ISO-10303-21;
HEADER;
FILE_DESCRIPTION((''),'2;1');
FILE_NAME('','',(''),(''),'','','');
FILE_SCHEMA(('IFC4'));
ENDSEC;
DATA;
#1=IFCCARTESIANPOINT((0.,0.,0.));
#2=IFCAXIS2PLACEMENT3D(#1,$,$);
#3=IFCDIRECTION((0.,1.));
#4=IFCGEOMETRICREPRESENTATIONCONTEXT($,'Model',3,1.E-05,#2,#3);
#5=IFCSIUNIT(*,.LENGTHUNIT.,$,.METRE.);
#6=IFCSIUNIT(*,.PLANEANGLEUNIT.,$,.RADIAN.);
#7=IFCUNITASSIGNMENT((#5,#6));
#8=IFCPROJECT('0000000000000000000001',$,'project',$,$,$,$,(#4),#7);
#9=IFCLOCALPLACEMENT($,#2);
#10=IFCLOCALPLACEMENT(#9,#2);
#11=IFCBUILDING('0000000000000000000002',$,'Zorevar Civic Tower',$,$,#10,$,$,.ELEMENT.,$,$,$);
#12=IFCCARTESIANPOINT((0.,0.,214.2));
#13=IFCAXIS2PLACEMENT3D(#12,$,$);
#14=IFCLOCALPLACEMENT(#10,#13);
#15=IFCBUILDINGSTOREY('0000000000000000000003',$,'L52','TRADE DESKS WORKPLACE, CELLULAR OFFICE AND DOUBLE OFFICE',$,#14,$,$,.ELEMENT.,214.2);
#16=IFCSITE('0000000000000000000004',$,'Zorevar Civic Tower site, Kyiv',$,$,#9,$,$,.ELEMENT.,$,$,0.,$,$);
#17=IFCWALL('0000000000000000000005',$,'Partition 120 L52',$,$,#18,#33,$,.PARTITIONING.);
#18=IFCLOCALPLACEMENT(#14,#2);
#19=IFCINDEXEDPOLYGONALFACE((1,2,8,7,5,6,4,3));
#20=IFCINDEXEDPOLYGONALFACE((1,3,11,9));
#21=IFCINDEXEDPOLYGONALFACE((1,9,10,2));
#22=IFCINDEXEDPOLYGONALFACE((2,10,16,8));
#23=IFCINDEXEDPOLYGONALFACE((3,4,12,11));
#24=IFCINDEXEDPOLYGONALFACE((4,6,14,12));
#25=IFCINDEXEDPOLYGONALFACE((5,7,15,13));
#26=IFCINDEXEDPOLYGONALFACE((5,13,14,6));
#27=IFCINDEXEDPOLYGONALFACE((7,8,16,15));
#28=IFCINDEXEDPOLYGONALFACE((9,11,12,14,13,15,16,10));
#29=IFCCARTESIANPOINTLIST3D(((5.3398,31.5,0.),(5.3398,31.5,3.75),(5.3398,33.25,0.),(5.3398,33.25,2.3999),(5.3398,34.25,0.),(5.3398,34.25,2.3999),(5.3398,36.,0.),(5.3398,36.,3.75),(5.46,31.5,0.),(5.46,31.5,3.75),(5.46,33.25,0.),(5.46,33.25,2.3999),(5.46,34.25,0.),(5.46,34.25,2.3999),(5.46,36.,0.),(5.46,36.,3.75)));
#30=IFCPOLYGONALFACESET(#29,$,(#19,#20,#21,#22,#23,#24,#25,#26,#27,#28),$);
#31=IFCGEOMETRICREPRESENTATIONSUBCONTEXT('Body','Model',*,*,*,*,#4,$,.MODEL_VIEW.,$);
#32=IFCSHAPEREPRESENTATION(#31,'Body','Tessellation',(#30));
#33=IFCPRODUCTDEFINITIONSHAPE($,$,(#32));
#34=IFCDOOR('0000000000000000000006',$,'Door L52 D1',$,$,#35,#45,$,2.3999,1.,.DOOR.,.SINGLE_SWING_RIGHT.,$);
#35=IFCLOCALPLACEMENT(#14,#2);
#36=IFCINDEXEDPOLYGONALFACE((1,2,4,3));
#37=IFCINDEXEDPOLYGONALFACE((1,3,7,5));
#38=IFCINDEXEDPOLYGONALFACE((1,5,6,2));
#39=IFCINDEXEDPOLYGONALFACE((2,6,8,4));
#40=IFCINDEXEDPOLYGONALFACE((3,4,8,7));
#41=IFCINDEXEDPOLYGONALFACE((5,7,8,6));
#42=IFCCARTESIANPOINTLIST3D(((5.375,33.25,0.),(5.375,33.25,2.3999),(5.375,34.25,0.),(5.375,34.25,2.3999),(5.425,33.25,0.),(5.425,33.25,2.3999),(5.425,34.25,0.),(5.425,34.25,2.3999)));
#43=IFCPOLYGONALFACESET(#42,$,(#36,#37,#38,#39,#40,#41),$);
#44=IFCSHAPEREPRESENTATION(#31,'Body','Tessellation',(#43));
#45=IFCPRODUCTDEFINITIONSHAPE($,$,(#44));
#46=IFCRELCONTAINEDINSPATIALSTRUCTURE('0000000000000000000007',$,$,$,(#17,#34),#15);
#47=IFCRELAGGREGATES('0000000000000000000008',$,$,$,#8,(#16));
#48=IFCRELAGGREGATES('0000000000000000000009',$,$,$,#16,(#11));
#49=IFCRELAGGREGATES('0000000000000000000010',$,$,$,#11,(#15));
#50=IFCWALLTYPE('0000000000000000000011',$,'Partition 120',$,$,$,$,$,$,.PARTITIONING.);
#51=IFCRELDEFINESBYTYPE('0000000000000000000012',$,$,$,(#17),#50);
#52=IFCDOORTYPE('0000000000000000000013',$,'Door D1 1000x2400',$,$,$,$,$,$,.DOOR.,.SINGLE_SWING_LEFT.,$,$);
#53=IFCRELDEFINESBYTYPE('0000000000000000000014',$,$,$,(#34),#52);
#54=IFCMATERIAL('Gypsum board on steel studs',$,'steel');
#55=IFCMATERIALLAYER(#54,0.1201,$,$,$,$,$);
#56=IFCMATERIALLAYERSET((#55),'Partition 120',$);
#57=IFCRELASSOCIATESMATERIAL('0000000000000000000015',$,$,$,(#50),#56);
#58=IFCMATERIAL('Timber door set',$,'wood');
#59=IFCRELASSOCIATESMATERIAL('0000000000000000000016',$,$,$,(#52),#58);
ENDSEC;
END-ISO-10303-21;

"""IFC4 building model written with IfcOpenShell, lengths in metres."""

from ifc_helpers import new_model, si_unit, direction, frame, frame_2d, origin, place, context, subcontext, project, spatial, rectangle, extrude, material, layer, layer_set, type_object, element, fill, save


model = new_model("IFC4")

# Units and contexts
model_context = context("Model", 3, precision=1e-05, world=origin(), true_north=direction((0.0, 1.0)))
body_context = subcontext(model_context, "Body", "Model", "MODEL_VIEW")
ifc_project = project(units=[si_unit("LENGTHUNIT", "METRE"), si_unit("PLANEANGLEUNIT", "RADIAN")], contexts=[model_context])

# Site, building, storey
site_placement = place(None, origin())
site = spatial("IfcSite", under=ifc_project, at=site_placement, Name="Zorevar Civic Tower site, Kyiv", CompositionType="ELEMENT", RefElevation=0.0)
building_placement = place(site_placement, origin())
building = spatial("IfcBuilding", under=site, at=building_placement, Name="Zorevar Civic Tower", CompositionType="ELEMENT")
storey_placement = place(building_placement, frame((0.0, 0.0, 214.2)))
storey = spatial("IfcBuildingStorey", under=building, at=storey_placement, Name="L52", Description="TRADE DESKS WORKPLACE, CELLULAR OFFICE AND DOUBLE OFFICE", CompositionType="ELEMENT", Elevation=214.2)

# Shared definitions
ifc_material_1 = material(Name="Gypsum board on steel studs", Category="steel")
ifc_layer_1 = layer(ifc_material_1, 0.1201)
ifc_layer_set_1 = layer_set([ifc_layer_1], Name="Partition 120")
wall_type = type_object("IfcWallType", Name="Partition 120", PredefinedType="PARTITIONING", material=ifc_layer_set_1)

# Wall, opening, door
ifc_material_2 = material(Name="Timber door set", Category="wood")
door_type = type_object("IfcDoorType", Name="Door D1 1000x2400", OperationType="SINGLE_SWING_LEFT", PredefinedType="DOOR", material=ifc_material_2)
wall_1_placement = place(storey_placement, frame((5.3999, 31.5, 0.0), z_axis=(0.0, 0.0, 1.0), x_axis=(0.0, 1.0, 0.0)))
wall_1 = element("IfcWall", 1, at=wall_1_placement, inside=storey, type_object=wall_type, Name="Partition 120 L52", PredefinedType="PARTITIONING", context=body_context, shape_type="SweptSolid", body=[
    extrude(rectangle(XDim=4.5, YDim=0.1201, at=frame_2d((2.25, 0.0))), origin(), (0.0, 0.0, 1.0), 3.75),
])
opening_1_placement = place(wall_1_placement, frame((1.75, 0.0, 0.0)))
opening_1 = element("IfcOpeningElement", 2, at=opening_1_placement, cuts=wall_1, PredefinedType="OPENING", context=body_context, shape_type="SweptSolid", body=[
    extrude(rectangle(XDim=1.0, YDim=2.3999, at=frame_2d((0.5, 1.2))), frame((0.0, 0.0701, 0.0), z_axis=(0.0, -1.0, 0.0), x_axis=(1.0, 0.0, 0.0)), (0.0, 0.0, 1.0), 0.1401),
])
door_1_placement = place(opening_1_placement, origin())
door_1 = element("IfcDoor", 3, at=door_1_placement, inside=storey, type_object=door_type, Name="Door L52 D1", OperationType="SINGLE_SWING_RIGHT", OverallHeight=2.3999, OverallWidth=1.0, PredefinedType="DOOR", context=body_context, shape_type="SweptSolid", body=[
    extrude(rectangle(XDim=1.0, YDim=2.3999, at=frame_2d((0.5, 1.2))), frame((0.0, 0.0249, 0.0), z_axis=(0.0, -1.0, 0.0), x_axis=(1.0, 0.0, 0.0)), (0.0, 0.0, 1.0), 0.05),
])
fill(opening_1, door_1)

save(model, "model.ifc")
